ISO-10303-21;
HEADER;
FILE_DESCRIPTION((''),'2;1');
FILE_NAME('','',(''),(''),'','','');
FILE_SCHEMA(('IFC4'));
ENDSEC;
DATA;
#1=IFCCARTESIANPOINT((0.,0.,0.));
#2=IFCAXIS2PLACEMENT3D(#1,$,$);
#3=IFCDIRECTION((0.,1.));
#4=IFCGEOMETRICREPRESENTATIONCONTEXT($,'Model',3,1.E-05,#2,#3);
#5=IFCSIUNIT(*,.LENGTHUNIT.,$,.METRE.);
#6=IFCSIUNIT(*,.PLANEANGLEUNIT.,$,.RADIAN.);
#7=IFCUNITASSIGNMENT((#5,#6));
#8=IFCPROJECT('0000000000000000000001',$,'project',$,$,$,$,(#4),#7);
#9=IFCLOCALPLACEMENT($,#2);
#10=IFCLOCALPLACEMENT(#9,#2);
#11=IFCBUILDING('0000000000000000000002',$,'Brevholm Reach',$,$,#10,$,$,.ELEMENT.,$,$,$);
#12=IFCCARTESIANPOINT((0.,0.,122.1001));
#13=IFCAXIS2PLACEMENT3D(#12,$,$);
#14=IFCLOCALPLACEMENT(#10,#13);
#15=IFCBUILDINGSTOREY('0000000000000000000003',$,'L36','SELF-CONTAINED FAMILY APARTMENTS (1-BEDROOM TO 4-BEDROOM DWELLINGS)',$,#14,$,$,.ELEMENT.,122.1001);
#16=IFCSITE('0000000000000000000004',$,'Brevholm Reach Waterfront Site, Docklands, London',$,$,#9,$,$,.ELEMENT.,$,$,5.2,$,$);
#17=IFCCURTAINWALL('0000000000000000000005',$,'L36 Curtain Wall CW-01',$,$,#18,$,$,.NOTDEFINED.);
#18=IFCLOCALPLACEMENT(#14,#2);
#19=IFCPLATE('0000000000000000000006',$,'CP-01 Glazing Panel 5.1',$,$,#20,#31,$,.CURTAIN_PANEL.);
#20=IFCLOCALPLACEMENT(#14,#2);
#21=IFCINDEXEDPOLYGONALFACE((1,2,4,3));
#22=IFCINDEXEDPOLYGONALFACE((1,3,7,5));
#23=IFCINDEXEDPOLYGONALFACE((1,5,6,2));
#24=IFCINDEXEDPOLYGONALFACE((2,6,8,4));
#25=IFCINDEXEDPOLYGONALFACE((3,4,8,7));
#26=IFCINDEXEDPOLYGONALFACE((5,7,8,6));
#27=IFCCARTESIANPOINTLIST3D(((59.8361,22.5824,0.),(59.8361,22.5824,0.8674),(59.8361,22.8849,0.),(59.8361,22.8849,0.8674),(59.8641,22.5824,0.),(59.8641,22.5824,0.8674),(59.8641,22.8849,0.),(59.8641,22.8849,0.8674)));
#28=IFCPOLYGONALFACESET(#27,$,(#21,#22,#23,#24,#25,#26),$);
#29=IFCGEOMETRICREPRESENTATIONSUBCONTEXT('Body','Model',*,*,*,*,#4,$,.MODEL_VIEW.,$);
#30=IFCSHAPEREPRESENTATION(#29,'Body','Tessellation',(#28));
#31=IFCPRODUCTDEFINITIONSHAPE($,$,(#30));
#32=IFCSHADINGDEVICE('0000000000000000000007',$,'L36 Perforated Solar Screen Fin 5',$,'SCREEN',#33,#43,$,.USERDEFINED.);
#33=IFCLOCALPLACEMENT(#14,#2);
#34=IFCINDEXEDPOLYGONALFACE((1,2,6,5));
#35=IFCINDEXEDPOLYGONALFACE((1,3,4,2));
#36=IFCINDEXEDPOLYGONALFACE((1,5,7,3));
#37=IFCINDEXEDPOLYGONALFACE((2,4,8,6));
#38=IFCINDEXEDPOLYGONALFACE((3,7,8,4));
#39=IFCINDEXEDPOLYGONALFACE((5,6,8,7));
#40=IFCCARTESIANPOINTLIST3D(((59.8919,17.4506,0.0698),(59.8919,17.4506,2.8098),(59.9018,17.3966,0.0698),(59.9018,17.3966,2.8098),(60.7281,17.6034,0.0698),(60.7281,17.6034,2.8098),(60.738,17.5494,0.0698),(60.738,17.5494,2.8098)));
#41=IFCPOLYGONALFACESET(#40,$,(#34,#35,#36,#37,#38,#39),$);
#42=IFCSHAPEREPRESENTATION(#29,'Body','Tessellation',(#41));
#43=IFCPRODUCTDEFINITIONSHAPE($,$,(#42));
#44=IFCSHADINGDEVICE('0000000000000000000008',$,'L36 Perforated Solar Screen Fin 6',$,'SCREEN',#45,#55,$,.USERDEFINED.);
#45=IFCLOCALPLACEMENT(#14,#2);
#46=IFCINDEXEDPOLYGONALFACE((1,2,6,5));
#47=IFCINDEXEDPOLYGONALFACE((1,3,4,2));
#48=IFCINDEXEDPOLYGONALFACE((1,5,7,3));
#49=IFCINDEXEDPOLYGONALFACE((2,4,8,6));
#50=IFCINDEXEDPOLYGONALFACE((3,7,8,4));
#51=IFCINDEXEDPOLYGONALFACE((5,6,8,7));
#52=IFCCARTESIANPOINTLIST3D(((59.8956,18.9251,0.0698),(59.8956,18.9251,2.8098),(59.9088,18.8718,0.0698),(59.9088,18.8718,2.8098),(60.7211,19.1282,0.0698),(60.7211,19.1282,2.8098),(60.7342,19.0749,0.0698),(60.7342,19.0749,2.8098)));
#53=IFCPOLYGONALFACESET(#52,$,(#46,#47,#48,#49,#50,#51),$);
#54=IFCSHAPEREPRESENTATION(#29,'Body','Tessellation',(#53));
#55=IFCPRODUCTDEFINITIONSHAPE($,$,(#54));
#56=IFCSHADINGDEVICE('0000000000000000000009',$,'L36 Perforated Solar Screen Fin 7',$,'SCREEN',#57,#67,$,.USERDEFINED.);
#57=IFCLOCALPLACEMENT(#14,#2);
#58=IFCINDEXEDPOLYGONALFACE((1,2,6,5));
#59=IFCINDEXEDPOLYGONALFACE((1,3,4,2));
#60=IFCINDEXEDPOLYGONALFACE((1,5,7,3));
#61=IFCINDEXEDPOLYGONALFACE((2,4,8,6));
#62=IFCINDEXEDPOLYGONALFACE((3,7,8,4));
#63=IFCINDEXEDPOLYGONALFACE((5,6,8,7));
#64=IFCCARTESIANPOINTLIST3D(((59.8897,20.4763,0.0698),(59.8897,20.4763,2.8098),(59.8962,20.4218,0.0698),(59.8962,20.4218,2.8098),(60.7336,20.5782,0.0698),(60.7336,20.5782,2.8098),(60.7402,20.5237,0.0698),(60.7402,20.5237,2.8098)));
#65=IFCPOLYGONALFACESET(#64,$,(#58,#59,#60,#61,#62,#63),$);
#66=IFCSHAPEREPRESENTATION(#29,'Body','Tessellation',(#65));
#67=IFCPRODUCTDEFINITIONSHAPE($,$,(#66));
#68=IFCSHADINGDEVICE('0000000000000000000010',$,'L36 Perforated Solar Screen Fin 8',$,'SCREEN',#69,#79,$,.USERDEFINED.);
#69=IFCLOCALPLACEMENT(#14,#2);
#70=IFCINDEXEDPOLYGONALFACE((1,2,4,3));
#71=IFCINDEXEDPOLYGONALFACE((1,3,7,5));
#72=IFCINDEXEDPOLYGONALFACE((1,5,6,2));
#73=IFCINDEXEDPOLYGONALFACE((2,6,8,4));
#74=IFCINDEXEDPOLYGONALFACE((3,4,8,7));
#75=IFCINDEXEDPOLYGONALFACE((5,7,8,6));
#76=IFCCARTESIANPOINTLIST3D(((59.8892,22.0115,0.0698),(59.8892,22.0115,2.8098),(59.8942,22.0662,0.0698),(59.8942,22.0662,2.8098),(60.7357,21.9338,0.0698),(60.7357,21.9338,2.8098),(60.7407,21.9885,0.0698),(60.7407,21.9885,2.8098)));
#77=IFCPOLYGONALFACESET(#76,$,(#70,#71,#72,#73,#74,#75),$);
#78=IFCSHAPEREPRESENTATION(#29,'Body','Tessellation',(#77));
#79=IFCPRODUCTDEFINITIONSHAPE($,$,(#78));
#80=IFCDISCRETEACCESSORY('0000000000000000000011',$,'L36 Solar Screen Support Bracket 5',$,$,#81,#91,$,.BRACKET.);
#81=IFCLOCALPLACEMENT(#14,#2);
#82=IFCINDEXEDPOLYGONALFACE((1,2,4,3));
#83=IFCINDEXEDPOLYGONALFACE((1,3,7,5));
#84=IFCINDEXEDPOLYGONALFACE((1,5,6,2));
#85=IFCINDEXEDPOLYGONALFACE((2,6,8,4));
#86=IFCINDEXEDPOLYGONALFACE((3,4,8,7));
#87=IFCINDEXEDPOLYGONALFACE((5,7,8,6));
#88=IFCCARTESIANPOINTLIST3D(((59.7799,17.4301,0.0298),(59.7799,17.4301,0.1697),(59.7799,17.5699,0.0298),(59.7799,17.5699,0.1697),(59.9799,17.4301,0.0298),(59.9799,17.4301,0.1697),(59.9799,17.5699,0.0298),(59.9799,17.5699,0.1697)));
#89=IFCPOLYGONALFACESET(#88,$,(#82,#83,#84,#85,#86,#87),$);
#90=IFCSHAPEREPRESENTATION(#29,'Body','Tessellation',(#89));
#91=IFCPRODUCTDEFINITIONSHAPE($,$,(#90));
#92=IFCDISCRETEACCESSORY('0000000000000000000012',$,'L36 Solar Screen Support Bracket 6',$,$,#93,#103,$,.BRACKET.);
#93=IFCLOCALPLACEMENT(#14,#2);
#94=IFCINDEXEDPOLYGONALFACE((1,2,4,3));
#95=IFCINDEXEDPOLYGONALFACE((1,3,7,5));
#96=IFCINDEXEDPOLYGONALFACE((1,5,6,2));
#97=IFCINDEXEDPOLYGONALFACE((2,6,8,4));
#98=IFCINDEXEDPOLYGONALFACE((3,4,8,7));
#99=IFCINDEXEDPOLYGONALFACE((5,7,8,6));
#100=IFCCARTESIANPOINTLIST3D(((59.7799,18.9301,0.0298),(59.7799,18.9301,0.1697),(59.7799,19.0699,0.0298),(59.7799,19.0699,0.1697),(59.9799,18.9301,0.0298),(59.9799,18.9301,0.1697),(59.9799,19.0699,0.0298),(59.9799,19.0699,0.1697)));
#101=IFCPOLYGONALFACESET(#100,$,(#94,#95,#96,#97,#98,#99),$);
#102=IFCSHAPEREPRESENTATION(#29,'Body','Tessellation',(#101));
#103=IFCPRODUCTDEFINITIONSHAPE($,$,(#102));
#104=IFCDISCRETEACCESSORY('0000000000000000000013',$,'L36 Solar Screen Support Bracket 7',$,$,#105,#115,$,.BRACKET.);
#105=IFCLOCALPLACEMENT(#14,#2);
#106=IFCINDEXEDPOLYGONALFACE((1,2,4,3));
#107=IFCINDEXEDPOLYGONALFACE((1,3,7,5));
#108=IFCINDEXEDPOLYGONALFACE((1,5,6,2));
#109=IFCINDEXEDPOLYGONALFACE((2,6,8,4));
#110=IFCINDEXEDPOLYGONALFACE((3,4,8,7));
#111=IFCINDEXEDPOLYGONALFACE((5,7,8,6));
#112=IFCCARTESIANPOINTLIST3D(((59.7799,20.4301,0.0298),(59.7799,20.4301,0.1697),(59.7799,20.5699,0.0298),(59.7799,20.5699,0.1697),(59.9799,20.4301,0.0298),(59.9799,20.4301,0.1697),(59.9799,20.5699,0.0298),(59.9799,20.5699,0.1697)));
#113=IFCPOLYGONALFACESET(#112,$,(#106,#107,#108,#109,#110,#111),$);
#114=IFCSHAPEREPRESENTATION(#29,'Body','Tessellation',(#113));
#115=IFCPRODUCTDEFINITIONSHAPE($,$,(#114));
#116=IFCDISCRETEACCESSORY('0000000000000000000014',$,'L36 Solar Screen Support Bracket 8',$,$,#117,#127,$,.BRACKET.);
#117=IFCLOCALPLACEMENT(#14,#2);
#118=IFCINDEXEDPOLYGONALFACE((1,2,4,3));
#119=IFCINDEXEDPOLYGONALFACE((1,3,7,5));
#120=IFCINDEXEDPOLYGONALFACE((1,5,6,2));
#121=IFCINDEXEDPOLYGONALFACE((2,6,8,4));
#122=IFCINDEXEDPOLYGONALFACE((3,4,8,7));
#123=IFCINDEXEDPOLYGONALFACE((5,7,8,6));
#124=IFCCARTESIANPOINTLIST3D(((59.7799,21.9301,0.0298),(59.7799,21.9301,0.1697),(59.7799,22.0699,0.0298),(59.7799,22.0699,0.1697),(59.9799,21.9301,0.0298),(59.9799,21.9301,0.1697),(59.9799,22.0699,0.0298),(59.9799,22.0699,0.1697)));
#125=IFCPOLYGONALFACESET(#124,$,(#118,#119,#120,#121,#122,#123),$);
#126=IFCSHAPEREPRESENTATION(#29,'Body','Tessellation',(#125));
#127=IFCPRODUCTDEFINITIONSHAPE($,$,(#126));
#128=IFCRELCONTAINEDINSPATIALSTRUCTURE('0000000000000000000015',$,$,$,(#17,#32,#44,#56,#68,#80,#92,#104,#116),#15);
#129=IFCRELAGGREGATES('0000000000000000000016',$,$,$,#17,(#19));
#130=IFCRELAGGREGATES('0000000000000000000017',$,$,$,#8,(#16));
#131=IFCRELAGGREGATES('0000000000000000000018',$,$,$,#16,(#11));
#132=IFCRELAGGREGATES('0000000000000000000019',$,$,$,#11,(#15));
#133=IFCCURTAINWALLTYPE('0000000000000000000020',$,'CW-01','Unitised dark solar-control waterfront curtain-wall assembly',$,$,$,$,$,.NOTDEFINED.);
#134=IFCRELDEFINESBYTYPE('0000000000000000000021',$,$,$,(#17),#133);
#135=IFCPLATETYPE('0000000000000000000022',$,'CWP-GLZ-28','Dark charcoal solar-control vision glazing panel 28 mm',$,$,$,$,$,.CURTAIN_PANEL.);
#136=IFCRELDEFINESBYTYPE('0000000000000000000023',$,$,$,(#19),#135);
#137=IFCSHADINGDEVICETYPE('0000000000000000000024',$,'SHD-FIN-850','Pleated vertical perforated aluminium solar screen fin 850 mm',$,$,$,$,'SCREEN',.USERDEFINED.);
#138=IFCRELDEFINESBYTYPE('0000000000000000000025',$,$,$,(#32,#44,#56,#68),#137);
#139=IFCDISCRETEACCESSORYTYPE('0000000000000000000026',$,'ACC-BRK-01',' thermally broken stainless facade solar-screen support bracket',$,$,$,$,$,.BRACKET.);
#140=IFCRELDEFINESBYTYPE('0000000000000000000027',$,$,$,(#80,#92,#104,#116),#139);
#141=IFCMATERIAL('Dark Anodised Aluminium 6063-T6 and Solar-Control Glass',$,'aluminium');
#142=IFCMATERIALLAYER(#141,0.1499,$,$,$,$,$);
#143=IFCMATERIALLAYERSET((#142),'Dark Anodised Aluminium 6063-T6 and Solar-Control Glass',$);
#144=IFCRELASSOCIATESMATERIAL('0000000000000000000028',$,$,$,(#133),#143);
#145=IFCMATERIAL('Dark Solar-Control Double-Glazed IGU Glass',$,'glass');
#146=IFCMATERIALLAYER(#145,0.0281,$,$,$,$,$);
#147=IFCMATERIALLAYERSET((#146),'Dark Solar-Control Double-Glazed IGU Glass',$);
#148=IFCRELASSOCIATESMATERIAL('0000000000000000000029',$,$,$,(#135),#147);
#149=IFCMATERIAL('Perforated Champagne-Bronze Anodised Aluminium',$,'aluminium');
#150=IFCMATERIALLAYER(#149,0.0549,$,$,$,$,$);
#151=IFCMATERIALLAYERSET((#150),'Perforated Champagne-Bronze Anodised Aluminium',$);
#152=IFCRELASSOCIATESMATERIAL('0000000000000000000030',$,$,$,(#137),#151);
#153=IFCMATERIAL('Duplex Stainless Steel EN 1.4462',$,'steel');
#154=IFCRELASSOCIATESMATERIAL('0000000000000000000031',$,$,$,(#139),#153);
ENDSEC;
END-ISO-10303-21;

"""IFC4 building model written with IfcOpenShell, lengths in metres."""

from ifc_helpers import new_model, si_unit, direction, frame, origin, origin_2d, place, context, subcontext, project, spatial, rectangle, extrude, material, layer, layer_set, type_object, element, aggregate, save


model = new_model("IFC4")

# Units and contexts
model_context = context("Model", 3, precision=1e-05, world=origin(), true_north=direction((0.0, 1.0)))
body_context = subcontext(model_context, "Body", "Model", "MODEL_VIEW")
ifc_project = project(units=[si_unit("LENGTHUNIT", "METRE"), si_unit("PLANEANGLEUNIT", "RADIAN")], contexts=[model_context])

# Site, building, storey
site_placement = place(None, origin())
site = spatial("IfcSite", under=ifc_project, at=site_placement, Name="Brevholm Reach Waterfront Site, Docklands, London", CompositionType="ELEMENT", RefElevation=5.2)
building_placement = place(site_placement, origin())
building = spatial("IfcBuilding", under=site, at=building_placement, Name="Brevholm Reach", CompositionType="ELEMENT")
storey_placement = place(building_placement, frame((0.0, 0.0, 122.1001)))
storey = spatial("IfcBuildingStorey", under=building, at=storey_placement, Name="L36", Description="SELF-CONTAINED FAMILY APARTMENTS (1-BEDROOM TO 4-BEDROOM DWELLINGS)", CompositionType="ELEMENT", Elevation=122.1001)

# Curtain wall, plate
ifc_material_1 = material(Name="Dark Anodised Aluminium 6063-T6 and Solar-Control Glass", Category="aluminium")
ifc_layer_1 = layer(ifc_material_1, 0.1499)
ifc_layer_set_1 = layer_set([ifc_layer_1], Name="Dark Anodised Aluminium 6063-T6 and Solar-Control Glass")
curtain_wall_type = type_object("IfcCurtainWallType", Name="CW-01", Description="Unitised dark solar-control waterfront curtain-wall assembly", PredefinedType="NOTDEFINED", material=ifc_layer_set_1)
curtain_wall_placement = place(storey_placement, origin())
curtain_wall = element("IfcCurtainWall", 1, at=curtain_wall_placement, inside=storey, type_object=curtain_wall_type, Name="L36 Curtain Wall CW-01", PredefinedType="NOTDEFINED")
ifc_material_2 = material(Name="Dark Solar-Control Double-Glazed IGU Glass", Category="glass")
ifc_layer_2 = layer(ifc_material_2, 0.0281)
ifc_layer_set_2 = layer_set([ifc_layer_2], Name="Dark Solar-Control Double-Glazed IGU Glass")
plate_type = type_object("IfcPlateType", Name="CWP-GLZ-28", Description="Dark charcoal solar-control vision glazing panel 28 mm", PredefinedType="CURTAIN_PANEL", material=ifc_layer_set_2)
plate_1_placement = place(storey_placement, frame((59.8501, 22.7336, 0.0), z_axis=(0.0, 0.0, 1.0), x_axis=(0.0, 1.0, 0.0)))
plate_1 = element("IfcPlate", 2, at=plate_1_placement, type_object=plate_type, Name="CP-01 Glazing Panel 5.1", PredefinedType="CURTAIN_PANEL", context=body_context, shape_type="SweptSolid", body=[
    extrude(rectangle(XDim=0.3025, YDim=0.0281, at=origin_2d()), origin(), (0.0, 0.0, 1.0), 0.8674),
])
aggregate(curtain_wall, [plate_1])

# Shading devices
ifc_material_3 = material(Name="Perforated Champagne-Bronze Anodised Aluminium", Category="aluminium")
ifc_layer_3 = layer(ifc_material_3, 0.0549)
ifc_layer_set_3 = layer_set([ifc_layer_3], Name="Perforated Champagne-Bronze Anodised Aluminium")
shading_device_type = type_object("IfcShadingDeviceType", Name="SHD-FIN-850", Description="Pleated vertical perforated aluminium solar screen fin 850 mm", ElementType="SCREEN", PredefinedType="USERDEFINED", material=ifc_layer_set_3)
for number, where, z_axis, x_axis, name in (
    (3, (60.3149, 17.5, 0.0698), (0.0, 0.0, 1.0), (0.983716, 0.179729, 0.0), "L36 Perforated Solar Screen Fin 5"),
    (4, (60.3149, 19.0, 0.0698), (0.0, 0.0, 1.0), (0.971038, 0.238923, 0.0), "L36 Perforated Solar Screen Fin 6"),
    (5, (60.3149, 20.5, 0.0698), (0.0, 0.0, 1.0), (0.992793, 0.119842, 0.0), "L36 Perforated Solar Screen Fin 7"),
    (6, (60.3149, 22.0, 0.0698), (0.0, 0.0, 1.0), (0.995821, -0.091328, 0.0), "L36 Perforated Solar Screen Fin 8"),
):
    element("IfcShadingDevice", number, at=place(storey_placement, frame(where, z_axis=z_axis, x_axis=x_axis)), inside=storey, type_object=shading_device_type, Name=name, ObjectType="SCREEN", PredefinedType="USERDEFINED", context=body_context, shape_type="SweptSolid", body=[
        extrude(rectangle(XDim=0.8501, YDim=0.0549, at=origin_2d()), origin(), (0.0, 0.0, 1.0), 2.74),
    ])

# Discrete accessories
ifc_material_4 = material(Name="Duplex Stainless Steel EN 1.4462", Category="steel")
discrete_accessory_type = type_object("IfcDiscreteAccessoryType", Name="ACC-BRK-01", Description=" thermally broken stainless facade solar-screen support bracket", PredefinedType="BRACKET", material=ifc_material_4)
for number, where, z_axis, x_axis, name in (
    (7, (59.8799, 17.5, 0.0298), (0.0, 0.0, 1.0), (1.0, 0.0, 0.0), "L36 Solar Screen Support Bracket 5"),
    (8, (59.8799, 19.0, 0.0298), (0.0, 0.0, 1.0), (1.0, 0.0, 0.0), "L36 Solar Screen Support Bracket 6"),
    (9, (59.8799, 20.5, 0.0298), (0.0, 0.0, 1.0), (1.0, 0.0, 0.0), "L36 Solar Screen Support Bracket 7"),
    (10, (59.8799, 22.0, 0.0298), (0.0, 0.0, 1.0), (1.0, 0.0, 0.0), "L36 Solar Screen Support Bracket 8"),
):
    element("IfcDiscreteAccessory", number, at=place(storey_placement, frame(where, z_axis=z_axis, x_axis=x_axis)), inside=storey, type_object=discrete_accessory_type, Name=name, PredefinedType="BRACKET", context=body_context, shape_type="SweptSolid", body=[
        extrude(rectangle(XDim=0.2, YDim=0.1399, at=origin_2d()), origin(), (0.0, 0.0, 1.0), 0.1399),
    ])

save(model, "model.ifc")
